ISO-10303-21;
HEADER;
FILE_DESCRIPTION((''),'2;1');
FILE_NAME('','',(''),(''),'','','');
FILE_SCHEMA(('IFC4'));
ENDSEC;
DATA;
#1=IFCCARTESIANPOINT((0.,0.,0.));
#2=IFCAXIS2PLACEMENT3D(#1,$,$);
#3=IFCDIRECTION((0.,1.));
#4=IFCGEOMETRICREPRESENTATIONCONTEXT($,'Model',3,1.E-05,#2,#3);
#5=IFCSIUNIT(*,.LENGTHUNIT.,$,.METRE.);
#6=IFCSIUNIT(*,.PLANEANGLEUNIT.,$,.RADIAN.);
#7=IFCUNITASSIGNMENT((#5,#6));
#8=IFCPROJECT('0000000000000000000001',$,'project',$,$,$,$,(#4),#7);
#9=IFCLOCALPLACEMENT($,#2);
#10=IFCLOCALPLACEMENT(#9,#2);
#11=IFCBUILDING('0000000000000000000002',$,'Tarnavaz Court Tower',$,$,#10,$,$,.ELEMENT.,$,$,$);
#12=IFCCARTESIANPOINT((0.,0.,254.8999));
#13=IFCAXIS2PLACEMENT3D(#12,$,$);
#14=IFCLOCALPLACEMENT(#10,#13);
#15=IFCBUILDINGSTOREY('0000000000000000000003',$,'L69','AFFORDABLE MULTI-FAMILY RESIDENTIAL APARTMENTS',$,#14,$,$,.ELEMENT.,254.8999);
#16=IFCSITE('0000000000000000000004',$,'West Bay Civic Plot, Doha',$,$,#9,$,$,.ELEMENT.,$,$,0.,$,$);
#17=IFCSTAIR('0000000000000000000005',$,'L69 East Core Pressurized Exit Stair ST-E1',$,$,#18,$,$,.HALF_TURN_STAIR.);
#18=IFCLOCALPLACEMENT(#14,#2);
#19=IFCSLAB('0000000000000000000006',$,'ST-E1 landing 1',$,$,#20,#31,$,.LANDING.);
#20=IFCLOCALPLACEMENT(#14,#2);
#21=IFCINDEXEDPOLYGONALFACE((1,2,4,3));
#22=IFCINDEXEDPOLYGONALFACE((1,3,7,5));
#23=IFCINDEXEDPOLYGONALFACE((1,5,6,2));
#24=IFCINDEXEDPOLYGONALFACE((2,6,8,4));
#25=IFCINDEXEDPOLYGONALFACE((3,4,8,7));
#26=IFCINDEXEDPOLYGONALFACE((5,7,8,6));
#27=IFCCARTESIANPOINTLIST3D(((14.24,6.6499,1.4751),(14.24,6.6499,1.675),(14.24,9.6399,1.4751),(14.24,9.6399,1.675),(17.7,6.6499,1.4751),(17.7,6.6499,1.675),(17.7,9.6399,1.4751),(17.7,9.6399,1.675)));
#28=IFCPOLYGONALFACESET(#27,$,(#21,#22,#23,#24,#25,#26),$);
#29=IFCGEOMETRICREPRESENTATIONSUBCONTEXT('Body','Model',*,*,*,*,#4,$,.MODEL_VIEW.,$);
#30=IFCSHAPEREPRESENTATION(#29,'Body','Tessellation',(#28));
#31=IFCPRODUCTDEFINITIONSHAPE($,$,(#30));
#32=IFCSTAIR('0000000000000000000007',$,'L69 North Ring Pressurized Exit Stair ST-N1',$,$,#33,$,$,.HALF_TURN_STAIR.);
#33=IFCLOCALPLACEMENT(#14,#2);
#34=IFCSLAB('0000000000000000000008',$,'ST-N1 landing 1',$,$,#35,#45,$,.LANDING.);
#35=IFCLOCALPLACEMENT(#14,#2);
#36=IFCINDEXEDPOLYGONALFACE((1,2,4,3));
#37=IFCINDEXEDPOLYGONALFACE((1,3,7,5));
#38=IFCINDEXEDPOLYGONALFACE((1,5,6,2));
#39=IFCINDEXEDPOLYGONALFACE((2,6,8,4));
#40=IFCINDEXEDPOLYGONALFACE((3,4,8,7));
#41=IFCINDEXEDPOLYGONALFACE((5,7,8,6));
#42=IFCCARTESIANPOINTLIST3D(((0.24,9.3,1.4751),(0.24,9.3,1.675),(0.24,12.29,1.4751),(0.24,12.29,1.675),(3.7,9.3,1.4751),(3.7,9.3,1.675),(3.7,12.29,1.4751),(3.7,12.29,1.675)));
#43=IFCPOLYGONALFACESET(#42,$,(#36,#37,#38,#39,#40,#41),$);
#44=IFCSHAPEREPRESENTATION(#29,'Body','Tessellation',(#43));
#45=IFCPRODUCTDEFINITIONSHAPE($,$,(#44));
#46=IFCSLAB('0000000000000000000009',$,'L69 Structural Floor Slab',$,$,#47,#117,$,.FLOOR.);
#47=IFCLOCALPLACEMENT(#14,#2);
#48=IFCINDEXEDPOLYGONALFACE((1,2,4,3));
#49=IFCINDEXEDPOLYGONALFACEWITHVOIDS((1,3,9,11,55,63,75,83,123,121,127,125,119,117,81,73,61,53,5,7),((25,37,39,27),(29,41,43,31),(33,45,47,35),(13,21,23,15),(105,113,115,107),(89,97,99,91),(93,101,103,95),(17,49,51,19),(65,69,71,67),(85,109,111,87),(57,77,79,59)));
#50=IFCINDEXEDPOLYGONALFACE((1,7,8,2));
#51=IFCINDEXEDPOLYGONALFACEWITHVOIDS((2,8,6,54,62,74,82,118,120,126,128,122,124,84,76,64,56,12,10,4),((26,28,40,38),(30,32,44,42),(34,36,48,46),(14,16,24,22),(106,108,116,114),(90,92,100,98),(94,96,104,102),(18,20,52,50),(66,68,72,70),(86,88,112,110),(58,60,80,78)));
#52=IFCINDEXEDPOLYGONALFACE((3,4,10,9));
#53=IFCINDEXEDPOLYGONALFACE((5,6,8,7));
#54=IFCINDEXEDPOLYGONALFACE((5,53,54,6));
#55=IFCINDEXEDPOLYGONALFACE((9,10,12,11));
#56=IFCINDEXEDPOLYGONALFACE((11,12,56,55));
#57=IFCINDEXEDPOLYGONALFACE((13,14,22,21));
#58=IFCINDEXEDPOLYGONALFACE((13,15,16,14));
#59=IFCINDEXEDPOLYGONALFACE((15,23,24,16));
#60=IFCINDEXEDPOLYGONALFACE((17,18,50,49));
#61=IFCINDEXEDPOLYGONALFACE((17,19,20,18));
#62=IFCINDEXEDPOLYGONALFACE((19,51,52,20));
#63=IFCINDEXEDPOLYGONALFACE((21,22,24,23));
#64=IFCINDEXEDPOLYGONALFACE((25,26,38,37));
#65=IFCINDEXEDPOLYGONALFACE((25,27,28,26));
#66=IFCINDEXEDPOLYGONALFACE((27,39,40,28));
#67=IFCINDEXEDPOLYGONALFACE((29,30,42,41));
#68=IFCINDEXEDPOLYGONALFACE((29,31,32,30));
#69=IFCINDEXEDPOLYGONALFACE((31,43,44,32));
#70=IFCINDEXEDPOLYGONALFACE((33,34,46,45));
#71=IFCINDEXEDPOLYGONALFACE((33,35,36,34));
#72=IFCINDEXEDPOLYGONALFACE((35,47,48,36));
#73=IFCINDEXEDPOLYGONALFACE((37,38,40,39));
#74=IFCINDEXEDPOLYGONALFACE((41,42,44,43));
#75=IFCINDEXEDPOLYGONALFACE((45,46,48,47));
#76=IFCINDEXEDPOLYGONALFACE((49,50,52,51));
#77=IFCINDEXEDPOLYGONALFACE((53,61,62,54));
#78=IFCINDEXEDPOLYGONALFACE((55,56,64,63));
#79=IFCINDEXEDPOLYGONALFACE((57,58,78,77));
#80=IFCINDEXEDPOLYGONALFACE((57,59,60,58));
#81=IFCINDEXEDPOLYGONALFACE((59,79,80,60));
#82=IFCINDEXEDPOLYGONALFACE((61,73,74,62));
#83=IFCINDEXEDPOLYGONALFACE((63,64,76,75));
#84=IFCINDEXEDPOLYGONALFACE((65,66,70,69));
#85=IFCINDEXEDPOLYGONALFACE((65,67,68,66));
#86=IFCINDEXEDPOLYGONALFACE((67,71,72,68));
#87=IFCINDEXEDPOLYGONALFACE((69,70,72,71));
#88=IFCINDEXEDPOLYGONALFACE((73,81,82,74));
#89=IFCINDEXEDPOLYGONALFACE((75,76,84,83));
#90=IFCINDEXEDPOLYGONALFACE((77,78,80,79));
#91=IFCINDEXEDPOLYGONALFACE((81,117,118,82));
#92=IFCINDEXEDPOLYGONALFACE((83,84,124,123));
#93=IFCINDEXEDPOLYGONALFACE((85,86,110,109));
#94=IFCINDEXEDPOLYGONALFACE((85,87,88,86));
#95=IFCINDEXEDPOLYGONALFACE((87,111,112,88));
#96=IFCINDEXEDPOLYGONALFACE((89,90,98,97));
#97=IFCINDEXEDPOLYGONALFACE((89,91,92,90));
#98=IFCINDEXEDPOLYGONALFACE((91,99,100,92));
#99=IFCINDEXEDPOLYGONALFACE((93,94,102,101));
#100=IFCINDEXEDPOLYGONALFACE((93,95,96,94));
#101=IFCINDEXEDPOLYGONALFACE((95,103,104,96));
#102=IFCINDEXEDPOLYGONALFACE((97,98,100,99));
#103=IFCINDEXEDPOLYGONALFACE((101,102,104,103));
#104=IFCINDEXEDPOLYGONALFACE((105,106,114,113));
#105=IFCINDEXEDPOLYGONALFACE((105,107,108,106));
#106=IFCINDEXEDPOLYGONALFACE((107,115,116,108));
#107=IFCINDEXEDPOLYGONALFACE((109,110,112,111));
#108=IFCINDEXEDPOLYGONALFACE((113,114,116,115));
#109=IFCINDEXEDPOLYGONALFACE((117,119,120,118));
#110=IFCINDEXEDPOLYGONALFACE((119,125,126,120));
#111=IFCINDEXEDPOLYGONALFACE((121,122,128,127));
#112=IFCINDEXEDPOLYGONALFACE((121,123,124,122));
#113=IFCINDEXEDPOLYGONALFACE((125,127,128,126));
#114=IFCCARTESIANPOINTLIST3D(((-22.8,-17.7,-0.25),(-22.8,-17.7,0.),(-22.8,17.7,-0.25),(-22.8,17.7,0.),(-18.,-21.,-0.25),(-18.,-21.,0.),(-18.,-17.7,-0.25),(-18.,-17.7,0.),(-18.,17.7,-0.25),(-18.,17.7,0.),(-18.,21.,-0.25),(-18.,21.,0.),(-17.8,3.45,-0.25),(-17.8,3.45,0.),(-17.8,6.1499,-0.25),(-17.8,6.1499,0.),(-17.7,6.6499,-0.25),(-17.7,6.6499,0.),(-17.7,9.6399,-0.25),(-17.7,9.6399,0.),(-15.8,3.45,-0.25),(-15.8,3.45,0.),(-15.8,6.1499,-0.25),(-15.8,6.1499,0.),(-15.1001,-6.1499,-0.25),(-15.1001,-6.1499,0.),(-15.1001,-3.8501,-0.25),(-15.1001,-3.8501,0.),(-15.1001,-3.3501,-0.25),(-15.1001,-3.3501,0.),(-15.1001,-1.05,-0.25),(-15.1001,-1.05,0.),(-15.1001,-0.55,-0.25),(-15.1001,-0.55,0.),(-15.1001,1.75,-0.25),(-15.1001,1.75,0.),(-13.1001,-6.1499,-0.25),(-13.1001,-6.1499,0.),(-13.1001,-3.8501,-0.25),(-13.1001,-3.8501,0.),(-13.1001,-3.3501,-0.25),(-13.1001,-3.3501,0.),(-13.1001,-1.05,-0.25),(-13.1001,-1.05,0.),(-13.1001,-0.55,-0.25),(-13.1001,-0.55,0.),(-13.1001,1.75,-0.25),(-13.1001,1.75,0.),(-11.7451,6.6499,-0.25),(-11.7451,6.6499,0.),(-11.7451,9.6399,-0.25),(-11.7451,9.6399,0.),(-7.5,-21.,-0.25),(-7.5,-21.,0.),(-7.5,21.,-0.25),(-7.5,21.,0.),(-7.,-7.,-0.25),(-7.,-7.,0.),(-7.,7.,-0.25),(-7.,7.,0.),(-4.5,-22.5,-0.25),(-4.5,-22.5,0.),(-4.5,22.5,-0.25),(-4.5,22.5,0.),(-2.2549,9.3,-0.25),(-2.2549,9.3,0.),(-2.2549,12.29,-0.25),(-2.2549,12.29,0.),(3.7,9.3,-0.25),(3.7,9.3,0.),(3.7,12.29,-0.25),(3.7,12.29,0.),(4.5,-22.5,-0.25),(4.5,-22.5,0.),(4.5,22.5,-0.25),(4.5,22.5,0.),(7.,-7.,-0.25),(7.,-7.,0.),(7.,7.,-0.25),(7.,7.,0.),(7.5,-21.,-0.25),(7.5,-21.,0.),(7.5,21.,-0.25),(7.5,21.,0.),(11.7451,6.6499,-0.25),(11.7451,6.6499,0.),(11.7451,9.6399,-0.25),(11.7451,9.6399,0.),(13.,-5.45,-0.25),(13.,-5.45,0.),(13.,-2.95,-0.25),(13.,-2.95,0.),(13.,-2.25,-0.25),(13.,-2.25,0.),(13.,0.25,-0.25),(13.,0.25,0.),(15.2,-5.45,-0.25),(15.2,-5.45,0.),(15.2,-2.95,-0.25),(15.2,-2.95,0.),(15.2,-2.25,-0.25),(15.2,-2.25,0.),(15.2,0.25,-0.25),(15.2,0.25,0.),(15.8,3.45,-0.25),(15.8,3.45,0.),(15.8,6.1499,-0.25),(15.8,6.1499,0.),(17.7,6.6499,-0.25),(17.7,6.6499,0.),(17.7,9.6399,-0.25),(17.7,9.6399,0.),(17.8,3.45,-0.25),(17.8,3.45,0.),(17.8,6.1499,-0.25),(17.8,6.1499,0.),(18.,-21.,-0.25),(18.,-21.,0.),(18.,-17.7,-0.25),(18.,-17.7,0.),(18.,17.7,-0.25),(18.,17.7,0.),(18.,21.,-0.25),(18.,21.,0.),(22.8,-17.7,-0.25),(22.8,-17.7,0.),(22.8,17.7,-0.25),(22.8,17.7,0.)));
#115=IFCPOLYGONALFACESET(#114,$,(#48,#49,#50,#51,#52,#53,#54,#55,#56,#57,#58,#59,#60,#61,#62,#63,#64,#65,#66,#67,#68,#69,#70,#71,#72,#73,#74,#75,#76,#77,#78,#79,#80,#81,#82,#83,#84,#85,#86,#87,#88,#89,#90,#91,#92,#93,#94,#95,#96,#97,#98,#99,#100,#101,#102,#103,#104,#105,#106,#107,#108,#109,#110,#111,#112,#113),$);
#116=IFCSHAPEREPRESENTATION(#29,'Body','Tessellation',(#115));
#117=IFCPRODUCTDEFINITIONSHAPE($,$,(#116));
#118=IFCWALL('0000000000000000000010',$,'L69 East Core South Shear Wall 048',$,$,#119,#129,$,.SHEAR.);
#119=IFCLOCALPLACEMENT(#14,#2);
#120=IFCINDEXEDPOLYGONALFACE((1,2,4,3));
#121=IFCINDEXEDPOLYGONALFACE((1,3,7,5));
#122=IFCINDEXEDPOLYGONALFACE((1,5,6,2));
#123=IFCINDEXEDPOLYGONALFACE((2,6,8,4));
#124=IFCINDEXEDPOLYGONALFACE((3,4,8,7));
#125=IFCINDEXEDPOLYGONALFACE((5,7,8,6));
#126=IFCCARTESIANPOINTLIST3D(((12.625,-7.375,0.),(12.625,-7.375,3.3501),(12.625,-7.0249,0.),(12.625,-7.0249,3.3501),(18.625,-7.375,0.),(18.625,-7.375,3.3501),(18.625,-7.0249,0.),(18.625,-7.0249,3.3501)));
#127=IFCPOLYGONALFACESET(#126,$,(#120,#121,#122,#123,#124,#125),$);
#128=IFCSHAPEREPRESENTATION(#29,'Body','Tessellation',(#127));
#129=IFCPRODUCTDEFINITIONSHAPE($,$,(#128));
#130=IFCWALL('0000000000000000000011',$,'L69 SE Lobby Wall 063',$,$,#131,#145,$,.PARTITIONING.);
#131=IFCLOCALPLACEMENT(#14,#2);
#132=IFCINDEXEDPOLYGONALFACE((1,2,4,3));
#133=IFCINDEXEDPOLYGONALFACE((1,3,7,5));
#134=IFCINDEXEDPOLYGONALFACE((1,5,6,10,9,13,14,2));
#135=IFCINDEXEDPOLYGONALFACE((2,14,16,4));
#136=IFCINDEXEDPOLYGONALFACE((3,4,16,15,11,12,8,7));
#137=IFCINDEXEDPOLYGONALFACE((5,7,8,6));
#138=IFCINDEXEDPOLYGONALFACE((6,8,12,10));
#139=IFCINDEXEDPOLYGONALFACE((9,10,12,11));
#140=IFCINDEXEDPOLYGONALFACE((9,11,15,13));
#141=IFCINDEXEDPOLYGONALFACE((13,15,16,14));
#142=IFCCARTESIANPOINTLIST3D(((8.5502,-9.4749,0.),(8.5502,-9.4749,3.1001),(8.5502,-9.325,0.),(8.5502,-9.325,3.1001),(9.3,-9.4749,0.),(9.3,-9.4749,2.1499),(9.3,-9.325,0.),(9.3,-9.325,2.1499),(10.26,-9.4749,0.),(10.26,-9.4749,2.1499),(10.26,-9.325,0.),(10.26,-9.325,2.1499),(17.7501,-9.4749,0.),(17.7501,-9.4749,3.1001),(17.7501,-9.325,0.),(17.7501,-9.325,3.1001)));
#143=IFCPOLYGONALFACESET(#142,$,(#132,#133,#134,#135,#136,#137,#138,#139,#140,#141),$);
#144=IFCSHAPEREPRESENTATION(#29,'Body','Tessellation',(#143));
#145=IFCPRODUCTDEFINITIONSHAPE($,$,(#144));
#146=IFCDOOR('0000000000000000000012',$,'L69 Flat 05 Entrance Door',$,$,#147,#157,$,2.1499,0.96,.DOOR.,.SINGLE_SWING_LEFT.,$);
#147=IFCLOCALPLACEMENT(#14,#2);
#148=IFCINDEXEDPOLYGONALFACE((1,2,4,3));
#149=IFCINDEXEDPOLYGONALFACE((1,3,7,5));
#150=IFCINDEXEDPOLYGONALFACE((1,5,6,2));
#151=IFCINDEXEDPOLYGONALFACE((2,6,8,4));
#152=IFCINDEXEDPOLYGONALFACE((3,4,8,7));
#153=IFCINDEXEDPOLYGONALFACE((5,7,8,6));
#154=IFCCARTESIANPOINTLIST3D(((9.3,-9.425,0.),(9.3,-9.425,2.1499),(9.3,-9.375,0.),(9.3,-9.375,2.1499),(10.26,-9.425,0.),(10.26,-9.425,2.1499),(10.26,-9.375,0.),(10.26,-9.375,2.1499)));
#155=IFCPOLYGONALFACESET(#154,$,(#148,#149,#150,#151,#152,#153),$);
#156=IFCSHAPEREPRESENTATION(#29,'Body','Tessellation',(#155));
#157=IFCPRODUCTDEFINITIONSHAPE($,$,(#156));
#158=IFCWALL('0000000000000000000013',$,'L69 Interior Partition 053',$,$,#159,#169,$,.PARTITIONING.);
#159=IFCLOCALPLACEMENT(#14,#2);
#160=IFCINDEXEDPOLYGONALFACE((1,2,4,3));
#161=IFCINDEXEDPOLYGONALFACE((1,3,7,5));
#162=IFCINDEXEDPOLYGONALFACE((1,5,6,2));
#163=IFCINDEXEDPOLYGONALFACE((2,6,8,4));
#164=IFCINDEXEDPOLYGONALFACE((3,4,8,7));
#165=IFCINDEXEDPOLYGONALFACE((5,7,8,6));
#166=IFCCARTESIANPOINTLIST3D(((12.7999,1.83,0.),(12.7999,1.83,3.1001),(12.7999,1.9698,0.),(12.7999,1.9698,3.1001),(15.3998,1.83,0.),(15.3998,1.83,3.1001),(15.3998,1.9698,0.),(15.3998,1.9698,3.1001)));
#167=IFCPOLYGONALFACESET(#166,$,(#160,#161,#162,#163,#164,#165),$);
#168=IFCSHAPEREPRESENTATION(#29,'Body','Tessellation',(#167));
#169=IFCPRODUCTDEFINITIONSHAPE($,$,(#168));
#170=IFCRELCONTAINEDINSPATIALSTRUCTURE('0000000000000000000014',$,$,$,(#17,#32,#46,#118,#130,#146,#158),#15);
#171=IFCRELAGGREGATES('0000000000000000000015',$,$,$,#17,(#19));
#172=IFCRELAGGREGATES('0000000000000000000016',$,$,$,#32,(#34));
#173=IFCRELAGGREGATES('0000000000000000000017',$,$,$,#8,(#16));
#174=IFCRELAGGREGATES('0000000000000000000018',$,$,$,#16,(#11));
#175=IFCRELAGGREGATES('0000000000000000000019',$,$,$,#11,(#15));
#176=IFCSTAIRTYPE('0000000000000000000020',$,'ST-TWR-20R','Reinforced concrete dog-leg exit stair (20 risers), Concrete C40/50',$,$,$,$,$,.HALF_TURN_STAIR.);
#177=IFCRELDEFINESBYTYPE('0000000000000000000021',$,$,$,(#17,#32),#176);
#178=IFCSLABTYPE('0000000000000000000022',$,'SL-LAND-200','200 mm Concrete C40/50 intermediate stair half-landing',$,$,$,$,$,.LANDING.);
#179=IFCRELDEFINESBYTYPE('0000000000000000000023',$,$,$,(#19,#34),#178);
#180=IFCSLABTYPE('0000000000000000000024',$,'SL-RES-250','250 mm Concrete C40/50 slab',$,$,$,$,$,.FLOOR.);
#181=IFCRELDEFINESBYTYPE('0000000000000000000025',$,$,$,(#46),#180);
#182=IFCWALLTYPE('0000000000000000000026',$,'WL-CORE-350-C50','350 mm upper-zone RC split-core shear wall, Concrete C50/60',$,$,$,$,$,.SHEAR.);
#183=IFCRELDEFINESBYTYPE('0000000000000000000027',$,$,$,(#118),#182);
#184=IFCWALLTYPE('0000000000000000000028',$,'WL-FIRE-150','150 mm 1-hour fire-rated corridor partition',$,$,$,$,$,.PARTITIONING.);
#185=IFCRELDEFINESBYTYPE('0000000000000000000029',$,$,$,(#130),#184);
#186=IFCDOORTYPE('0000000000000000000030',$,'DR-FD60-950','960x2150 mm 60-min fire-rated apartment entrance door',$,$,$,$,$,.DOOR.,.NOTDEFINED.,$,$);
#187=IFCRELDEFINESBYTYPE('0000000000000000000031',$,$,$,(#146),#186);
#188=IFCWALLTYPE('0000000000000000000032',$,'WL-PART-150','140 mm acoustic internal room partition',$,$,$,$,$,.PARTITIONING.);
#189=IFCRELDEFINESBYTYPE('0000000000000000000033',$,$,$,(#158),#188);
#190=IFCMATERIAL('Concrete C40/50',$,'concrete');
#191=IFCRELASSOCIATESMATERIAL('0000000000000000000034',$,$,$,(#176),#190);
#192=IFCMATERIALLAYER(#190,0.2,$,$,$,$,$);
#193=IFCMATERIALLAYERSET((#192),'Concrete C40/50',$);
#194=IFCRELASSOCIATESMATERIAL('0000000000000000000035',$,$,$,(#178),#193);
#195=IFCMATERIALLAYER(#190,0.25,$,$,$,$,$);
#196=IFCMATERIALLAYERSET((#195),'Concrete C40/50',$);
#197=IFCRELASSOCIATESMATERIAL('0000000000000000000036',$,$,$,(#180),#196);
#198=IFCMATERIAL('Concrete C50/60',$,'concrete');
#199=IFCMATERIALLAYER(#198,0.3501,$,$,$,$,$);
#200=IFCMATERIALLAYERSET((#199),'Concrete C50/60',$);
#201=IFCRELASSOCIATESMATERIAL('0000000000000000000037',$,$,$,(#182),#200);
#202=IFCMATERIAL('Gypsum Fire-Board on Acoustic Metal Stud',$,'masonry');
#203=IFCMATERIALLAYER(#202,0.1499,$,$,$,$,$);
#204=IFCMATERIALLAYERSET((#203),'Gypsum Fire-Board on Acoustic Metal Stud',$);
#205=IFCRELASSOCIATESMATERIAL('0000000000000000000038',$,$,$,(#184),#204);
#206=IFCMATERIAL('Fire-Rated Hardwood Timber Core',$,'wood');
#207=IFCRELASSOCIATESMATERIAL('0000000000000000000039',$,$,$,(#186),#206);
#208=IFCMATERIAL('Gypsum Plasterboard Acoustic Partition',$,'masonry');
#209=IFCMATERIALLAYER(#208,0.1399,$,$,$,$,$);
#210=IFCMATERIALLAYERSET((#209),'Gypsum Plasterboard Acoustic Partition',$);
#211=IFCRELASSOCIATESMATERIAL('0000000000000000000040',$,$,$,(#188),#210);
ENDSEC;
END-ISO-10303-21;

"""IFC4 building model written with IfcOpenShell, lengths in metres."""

from ifc_helpers import new_model, si_unit, direction, frame, frame_2d, origin, place, context, subcontext, project, spatial, polyline, rectangle, outline, extrude, material, layer, layer_set, type_object, element, fill, aggregate, save


model = new_model("IFC4")

# Units and contexts
model_context = context("Model", 3, precision=1e-05, world=origin(), true_north=direction((0.0, 1.0)))
body_context = subcontext(model_context, "Body", "Model", "MODEL_VIEW")
ifc_project = project(units=[si_unit("LENGTHUNIT", "METRE"), si_unit("PLANEANGLEUNIT", "RADIAN")], contexts=[model_context])

# Site, building, storey
site_placement = place(None, origin())
site = spatial("IfcSite", under=ifc_project, at=site_placement, Name="West Bay Civic Plot, Doha", CompositionType="ELEMENT", RefElevation=0.0)
building_placement = place(site_placement, origin())
building = spatial("IfcBuilding", under=site, at=building_placement, Name="Tarnavaz Court Tower", CompositionType="ELEMENT")
storey_placement = place(building_placement, frame((0.0, 0.0, 254.8999)))
storey = spatial("IfcBuildingStorey", under=building, at=storey_placement, Name="L69", Description="AFFORDABLE MULTI-FAMILY RESIDENTIAL APARTMENTS", CompositionType="ELEMENT", Elevation=254.8999)

# Shared definitions
ifc_material_1 = material(Name="Concrete C50/60", Category="concrete")

# Stairs, slabs
ifc_material_2 = material(Name="Concrete C40/50", Category="concrete")
stair_type = type_object("IfcStairType", Name="ST-TWR-20R", Description="Reinforced concrete dog-leg exit stair (20 risers), Concrete C40/50", PredefinedType="HALF_TURN_STAIR", material=ifc_material_2)
ifc_layer_1 = layer(ifc_material_2, 0.2)
ifc_layer_set_1 = layer_set([ifc_layer_1], Name="Concrete C40/50")
slab_type_1 = type_object("IfcSlabType", Name="SL-LAND-200", Description="200 mm Concrete C40/50 intermediate stair half-landing", PredefinedType="LANDING", material=ifc_layer_set_1)
stair_1_placement = place(storey_placement, origin())
stair_1 = element("IfcStair", 1, at=stair_1_placement, inside=storey, type_object=stair_type, Name="L69 East Core Pressurized Exit Stair ST-E1", PredefinedType="HALF_TURN_STAIR")
slab_1_placement = place(storey_placement, frame((0.0, 0.0, 1.4751)))
slab_1 = element("IfcSlab", 2, at=slab_1_placement, type_object=slab_type_1, Name="ST-E1 landing 1", PredefinedType="LANDING", context=body_context, shape_type="SweptSolid", body=[
    extrude(outline(polyline([(14.24, 6.6499), (17.7, 6.6499), (17.7, 9.6399), (14.24, 9.6399), (14.24, 6.6499)])), origin(), (0.0, 0.0, 1.0), 0.2),
])
aggregate(stair_1, [slab_1])
stair_2_placement = place(storey_placement, origin())
stair_2 = element("IfcStair", 3, at=stair_2_placement, inside=storey, type_object=stair_type, Name="L69 North Ring Pressurized Exit Stair ST-N1", PredefinedType="HALF_TURN_STAIR")
slab_2_placement = place(storey_placement, frame((0.0, 0.0, 1.4751)))
slab_2 = element("IfcSlab", 4, at=slab_2_placement, type_object=slab_type_1, Name="ST-N1 landing 1", PredefinedType="LANDING", context=body_context, shape_type="SweptSolid", body=[
    extrude(outline(polyline([(0.24, 9.3), (3.7, 9.3), (3.7, 12.29), (0.24, 12.29), (0.24, 9.3)])), origin(), (0.0, 0.0, 1.0), 0.2),
])
aggregate(stair_2, [slab_2])

# Slab
ifc_layer_2 = layer(ifc_material_2, 0.25)
ifc_layer_set_2 = layer_set([ifc_layer_2], Name="Concrete C40/50")
slab_type_2 = type_object("IfcSlabType", Name="SL-RES-250", Description="250 mm Concrete C40/50 slab", PredefinedType="FLOOR", material=ifc_layer_set_2)
slab_3_placement = place(storey_placement, frame((0.0, 0.0, -0.25)))
element("IfcSlab", 5, at=slab_3_placement, inside=storey, type_object=slab_type_2, Name="L69 Structural Floor Slab", PredefinedType="FLOOR", context=body_context, shape_type="SweptSolid", body=[
    extrude(outline(polyline([(-18.0, -21.0), (-7.5, -21.0), (-4.5, -22.5), (4.5, -22.5), (7.5, -21.0), (18.0, -21.0), (18.0, -17.7), (22.8, -17.7), (22.8, 17.7), (18.0, 17.7), (18.0, 21.0), (7.5, 21.0), (4.5, 22.5), (-4.5, 22.5), (-7.5, 21.0), (-18.0, 21.0), (-18.0, 17.7), (-22.8, 17.7), (-22.8, -17.7), (-18.0, -17.7), (-18.0, -21.0)]), holes=[polyline([(-7.0, -7.0), (7.0, -7.0), (7.0, 7.0), (-7.0, 7.0), (-7.0, -7.0)]), polyline([(-11.7451, 9.6399), (-17.7, 9.6399), (-17.7, 6.6499), (-11.7451, 6.6499), (-11.7451, 9.6399)]), polyline([(11.7451, 6.6499), (17.7, 6.6499), (17.7, 9.6399), (11.7451, 9.6399), (11.7451, 6.6499)]), polyline([(-2.2549, 9.3), (3.7, 9.3), (3.7, 12.29), (-2.2549, 12.29), (-2.2549, 9.3)]), polyline([(-17.8, 3.45), (-15.8, 3.45), (-15.8, 6.1499), (-17.8, 6.1499), (-17.8, 3.45)]), polyline([(-15.1001, -6.1499), (-13.1001, -6.1499), (-13.1001, -3.8501), (-15.1001, -3.8501), (-15.1001, -6.1499)]), polyline([(-15.1001, -3.3501), (-13.1001, -3.3501), (-13.1001, -1.05), (-15.1001, -1.05), (-15.1001, -3.3501)]), polyline([(-15.1001, -0.55), (-13.1001, -0.55), (-13.1001, 1.75), (-15.1001, 1.75), (-15.1001, -0.55)]), polyline([(15.8, 3.45), (17.8, 3.45), (17.8, 6.1499), (15.8, 6.1499), (15.8, 3.45)]), polyline([(13.0, -5.45), (15.2, -5.45), (15.2, -2.95), (13.0, -2.95), (13.0, -5.45)]), polyline([(13.0, -2.25), (15.2, -2.25), (15.2, 0.25), (13.0, 0.25), (13.0, -2.25)])]), origin(), (0.0, 0.0, 1.0), 0.25),
])

# Wall
ifc_layer_3 = layer(ifc_material_1, 0.3501)
ifc_layer_set_3 = layer_set([ifc_layer_3], Name="Concrete C50/60")
wall_type_1 = type_object("IfcWallType", Name="WL-CORE-350-C50", Description="350 mm upper-zone RC split-core shear wall, Concrete C50/60", PredefinedType="SHEAR", material=ifc_layer_set_3)
wall_1_placement = place(storey_placement, frame((12.625, -7.2, 0.0), z_axis=(0.0, 0.0, 1.0), x_axis=(1.0, 0.0, 0.0)))
element("IfcWall", 6, at=wall_1_placement, inside=storey, type_object=wall_type_1, Name="L69 East Core South Shear Wall 048", PredefinedType="SHEAR", context=body_context, shape_type="SweptSolid", body=[
    extrude(rectangle(XDim=6.0, YDim=0.3501, at=frame_2d((3.0, 0.0))), origin(), (0.0, 0.0, 1.0), 3.3501),
])

# Wall, opening, door
ifc_material_3 = material(Name="Gypsum Fire-Board on Acoustic Metal Stud", Category="masonry")
ifc_layer_4 = layer(ifc_material_3, 0.1499)
ifc_layer_set_4 = layer_set([ifc_layer_4], Name="Gypsum Fire-Board on Acoustic Metal Stud")
wall_type_2 = type_object("IfcWallType", Name="WL-FIRE-150", Description="150 mm 1-hour fire-rated corridor partition", PredefinedType="PARTITIONING", material=ifc_layer_set_4)
wall_2_placement = place(storey_placement, frame((8.55, -9.3999, 0.0), z_axis=(0.0, 0.0, 1.0), x_axis=(1.0, 0.0, 0.0)))
wall_2 = element("IfcWall", 7, at=wall_2_placement, inside=storey, type_object=wall_type_2, Name="L69 SE Lobby Wall 063", PredefinedType="PARTITIONING", context=body_context, shape_type="SweptSolid", body=[
    extrude(rectangle(XDim=9.2, YDim=0.1499, at=frame_2d((4.6001, 0.0))), origin(), (0.0, 0.0, 1.0), 3.1001),
])
opening_1_placement = place(wall_2_placement, frame((0.75, 0.0, 0.0)))
opening_1 = element("IfcOpeningElement", 8, at=opening_1_placement, cuts=wall_2, PredefinedType="OPENING", context=body_context, shape_type="SweptSolid", body=[
    extrude(rectangle(XDim=0.96, YDim=2.1499, at=frame_2d((0.48, 1.075))), frame((0.0, 0.085, 0.0), z_axis=(0.0, -1.0, 0.0), x_axis=(1.0, 0.0, 0.0)), (0.0, 0.0, 1.0), 0.1699),
])
ifc_material_4 = material(Name="Fire-Rated Hardwood Timber Core", Category="wood")
door_type_1 = type_object("IfcDoorType", Name="DR-FD60-950", Description="960x2150 mm 60-min fire-rated apartment entrance door", OperationType="NOTDEFINED", PredefinedType="DOOR", material=ifc_material_4)
door_1_placement = place(opening_1_placement, origin())
door_1 = element("IfcDoor", 9, at=door_1_placement, inside=storey, type_object=door_type_1, Name="L69 Flat 05 Entrance Door", OperationType="SINGLE_SWING_LEFT", OverallHeight=2.1499, OverallWidth=0.96, PredefinedType="DOOR", context=body_context, shape_type="SweptSolid", body=[
    extrude(rectangle(XDim=0.96, YDim=2.1499, at=frame_2d((0.48, 1.075))), frame((0.0, 0.0249, 0.0), z_axis=(0.0, -1.0, 0.0), x_axis=(1.0, 0.0, 0.0)), (0.0, 0.0, 1.0), 0.05),
])
fill(opening_1, door_1)

# Wall
ifc_material_5 = material(Name="Gypsum Plasterboard Acoustic Partition", Category="masonry")
ifc_layer_5 = layer(ifc_material_5, 0.1399)
ifc_layer_set_5 = layer_set([ifc_layer_5], Name="Gypsum Plasterboard Acoustic Partition")
wall_type_3 = type_object("IfcWallType", Name="WL-PART-150", Description="140 mm acoustic internal room partition", PredefinedType="PARTITIONING", material=ifc_layer_set_5)
wall_3_placement = place(storey_placement, frame((12.8, 1.8999, 0.0), z_axis=(0.0, 0.0, 1.0), x_axis=(1.0, 0.0, 0.0)))
element("IfcWall", 10, at=wall_3_placement, inside=storey, type_object=wall_type_3, Name="L69 Interior Partition 053", PredefinedType="PARTITIONING", context=body_context, shape_type="SweptSolid", body=[
    extrude(rectangle(XDim=2.5999, YDim=0.1399, at=frame_2d((1.2998, 0.0))), origin(), (0.0, 0.0, 1.0), 3.1001),
])

save(model, "model.ifc")
